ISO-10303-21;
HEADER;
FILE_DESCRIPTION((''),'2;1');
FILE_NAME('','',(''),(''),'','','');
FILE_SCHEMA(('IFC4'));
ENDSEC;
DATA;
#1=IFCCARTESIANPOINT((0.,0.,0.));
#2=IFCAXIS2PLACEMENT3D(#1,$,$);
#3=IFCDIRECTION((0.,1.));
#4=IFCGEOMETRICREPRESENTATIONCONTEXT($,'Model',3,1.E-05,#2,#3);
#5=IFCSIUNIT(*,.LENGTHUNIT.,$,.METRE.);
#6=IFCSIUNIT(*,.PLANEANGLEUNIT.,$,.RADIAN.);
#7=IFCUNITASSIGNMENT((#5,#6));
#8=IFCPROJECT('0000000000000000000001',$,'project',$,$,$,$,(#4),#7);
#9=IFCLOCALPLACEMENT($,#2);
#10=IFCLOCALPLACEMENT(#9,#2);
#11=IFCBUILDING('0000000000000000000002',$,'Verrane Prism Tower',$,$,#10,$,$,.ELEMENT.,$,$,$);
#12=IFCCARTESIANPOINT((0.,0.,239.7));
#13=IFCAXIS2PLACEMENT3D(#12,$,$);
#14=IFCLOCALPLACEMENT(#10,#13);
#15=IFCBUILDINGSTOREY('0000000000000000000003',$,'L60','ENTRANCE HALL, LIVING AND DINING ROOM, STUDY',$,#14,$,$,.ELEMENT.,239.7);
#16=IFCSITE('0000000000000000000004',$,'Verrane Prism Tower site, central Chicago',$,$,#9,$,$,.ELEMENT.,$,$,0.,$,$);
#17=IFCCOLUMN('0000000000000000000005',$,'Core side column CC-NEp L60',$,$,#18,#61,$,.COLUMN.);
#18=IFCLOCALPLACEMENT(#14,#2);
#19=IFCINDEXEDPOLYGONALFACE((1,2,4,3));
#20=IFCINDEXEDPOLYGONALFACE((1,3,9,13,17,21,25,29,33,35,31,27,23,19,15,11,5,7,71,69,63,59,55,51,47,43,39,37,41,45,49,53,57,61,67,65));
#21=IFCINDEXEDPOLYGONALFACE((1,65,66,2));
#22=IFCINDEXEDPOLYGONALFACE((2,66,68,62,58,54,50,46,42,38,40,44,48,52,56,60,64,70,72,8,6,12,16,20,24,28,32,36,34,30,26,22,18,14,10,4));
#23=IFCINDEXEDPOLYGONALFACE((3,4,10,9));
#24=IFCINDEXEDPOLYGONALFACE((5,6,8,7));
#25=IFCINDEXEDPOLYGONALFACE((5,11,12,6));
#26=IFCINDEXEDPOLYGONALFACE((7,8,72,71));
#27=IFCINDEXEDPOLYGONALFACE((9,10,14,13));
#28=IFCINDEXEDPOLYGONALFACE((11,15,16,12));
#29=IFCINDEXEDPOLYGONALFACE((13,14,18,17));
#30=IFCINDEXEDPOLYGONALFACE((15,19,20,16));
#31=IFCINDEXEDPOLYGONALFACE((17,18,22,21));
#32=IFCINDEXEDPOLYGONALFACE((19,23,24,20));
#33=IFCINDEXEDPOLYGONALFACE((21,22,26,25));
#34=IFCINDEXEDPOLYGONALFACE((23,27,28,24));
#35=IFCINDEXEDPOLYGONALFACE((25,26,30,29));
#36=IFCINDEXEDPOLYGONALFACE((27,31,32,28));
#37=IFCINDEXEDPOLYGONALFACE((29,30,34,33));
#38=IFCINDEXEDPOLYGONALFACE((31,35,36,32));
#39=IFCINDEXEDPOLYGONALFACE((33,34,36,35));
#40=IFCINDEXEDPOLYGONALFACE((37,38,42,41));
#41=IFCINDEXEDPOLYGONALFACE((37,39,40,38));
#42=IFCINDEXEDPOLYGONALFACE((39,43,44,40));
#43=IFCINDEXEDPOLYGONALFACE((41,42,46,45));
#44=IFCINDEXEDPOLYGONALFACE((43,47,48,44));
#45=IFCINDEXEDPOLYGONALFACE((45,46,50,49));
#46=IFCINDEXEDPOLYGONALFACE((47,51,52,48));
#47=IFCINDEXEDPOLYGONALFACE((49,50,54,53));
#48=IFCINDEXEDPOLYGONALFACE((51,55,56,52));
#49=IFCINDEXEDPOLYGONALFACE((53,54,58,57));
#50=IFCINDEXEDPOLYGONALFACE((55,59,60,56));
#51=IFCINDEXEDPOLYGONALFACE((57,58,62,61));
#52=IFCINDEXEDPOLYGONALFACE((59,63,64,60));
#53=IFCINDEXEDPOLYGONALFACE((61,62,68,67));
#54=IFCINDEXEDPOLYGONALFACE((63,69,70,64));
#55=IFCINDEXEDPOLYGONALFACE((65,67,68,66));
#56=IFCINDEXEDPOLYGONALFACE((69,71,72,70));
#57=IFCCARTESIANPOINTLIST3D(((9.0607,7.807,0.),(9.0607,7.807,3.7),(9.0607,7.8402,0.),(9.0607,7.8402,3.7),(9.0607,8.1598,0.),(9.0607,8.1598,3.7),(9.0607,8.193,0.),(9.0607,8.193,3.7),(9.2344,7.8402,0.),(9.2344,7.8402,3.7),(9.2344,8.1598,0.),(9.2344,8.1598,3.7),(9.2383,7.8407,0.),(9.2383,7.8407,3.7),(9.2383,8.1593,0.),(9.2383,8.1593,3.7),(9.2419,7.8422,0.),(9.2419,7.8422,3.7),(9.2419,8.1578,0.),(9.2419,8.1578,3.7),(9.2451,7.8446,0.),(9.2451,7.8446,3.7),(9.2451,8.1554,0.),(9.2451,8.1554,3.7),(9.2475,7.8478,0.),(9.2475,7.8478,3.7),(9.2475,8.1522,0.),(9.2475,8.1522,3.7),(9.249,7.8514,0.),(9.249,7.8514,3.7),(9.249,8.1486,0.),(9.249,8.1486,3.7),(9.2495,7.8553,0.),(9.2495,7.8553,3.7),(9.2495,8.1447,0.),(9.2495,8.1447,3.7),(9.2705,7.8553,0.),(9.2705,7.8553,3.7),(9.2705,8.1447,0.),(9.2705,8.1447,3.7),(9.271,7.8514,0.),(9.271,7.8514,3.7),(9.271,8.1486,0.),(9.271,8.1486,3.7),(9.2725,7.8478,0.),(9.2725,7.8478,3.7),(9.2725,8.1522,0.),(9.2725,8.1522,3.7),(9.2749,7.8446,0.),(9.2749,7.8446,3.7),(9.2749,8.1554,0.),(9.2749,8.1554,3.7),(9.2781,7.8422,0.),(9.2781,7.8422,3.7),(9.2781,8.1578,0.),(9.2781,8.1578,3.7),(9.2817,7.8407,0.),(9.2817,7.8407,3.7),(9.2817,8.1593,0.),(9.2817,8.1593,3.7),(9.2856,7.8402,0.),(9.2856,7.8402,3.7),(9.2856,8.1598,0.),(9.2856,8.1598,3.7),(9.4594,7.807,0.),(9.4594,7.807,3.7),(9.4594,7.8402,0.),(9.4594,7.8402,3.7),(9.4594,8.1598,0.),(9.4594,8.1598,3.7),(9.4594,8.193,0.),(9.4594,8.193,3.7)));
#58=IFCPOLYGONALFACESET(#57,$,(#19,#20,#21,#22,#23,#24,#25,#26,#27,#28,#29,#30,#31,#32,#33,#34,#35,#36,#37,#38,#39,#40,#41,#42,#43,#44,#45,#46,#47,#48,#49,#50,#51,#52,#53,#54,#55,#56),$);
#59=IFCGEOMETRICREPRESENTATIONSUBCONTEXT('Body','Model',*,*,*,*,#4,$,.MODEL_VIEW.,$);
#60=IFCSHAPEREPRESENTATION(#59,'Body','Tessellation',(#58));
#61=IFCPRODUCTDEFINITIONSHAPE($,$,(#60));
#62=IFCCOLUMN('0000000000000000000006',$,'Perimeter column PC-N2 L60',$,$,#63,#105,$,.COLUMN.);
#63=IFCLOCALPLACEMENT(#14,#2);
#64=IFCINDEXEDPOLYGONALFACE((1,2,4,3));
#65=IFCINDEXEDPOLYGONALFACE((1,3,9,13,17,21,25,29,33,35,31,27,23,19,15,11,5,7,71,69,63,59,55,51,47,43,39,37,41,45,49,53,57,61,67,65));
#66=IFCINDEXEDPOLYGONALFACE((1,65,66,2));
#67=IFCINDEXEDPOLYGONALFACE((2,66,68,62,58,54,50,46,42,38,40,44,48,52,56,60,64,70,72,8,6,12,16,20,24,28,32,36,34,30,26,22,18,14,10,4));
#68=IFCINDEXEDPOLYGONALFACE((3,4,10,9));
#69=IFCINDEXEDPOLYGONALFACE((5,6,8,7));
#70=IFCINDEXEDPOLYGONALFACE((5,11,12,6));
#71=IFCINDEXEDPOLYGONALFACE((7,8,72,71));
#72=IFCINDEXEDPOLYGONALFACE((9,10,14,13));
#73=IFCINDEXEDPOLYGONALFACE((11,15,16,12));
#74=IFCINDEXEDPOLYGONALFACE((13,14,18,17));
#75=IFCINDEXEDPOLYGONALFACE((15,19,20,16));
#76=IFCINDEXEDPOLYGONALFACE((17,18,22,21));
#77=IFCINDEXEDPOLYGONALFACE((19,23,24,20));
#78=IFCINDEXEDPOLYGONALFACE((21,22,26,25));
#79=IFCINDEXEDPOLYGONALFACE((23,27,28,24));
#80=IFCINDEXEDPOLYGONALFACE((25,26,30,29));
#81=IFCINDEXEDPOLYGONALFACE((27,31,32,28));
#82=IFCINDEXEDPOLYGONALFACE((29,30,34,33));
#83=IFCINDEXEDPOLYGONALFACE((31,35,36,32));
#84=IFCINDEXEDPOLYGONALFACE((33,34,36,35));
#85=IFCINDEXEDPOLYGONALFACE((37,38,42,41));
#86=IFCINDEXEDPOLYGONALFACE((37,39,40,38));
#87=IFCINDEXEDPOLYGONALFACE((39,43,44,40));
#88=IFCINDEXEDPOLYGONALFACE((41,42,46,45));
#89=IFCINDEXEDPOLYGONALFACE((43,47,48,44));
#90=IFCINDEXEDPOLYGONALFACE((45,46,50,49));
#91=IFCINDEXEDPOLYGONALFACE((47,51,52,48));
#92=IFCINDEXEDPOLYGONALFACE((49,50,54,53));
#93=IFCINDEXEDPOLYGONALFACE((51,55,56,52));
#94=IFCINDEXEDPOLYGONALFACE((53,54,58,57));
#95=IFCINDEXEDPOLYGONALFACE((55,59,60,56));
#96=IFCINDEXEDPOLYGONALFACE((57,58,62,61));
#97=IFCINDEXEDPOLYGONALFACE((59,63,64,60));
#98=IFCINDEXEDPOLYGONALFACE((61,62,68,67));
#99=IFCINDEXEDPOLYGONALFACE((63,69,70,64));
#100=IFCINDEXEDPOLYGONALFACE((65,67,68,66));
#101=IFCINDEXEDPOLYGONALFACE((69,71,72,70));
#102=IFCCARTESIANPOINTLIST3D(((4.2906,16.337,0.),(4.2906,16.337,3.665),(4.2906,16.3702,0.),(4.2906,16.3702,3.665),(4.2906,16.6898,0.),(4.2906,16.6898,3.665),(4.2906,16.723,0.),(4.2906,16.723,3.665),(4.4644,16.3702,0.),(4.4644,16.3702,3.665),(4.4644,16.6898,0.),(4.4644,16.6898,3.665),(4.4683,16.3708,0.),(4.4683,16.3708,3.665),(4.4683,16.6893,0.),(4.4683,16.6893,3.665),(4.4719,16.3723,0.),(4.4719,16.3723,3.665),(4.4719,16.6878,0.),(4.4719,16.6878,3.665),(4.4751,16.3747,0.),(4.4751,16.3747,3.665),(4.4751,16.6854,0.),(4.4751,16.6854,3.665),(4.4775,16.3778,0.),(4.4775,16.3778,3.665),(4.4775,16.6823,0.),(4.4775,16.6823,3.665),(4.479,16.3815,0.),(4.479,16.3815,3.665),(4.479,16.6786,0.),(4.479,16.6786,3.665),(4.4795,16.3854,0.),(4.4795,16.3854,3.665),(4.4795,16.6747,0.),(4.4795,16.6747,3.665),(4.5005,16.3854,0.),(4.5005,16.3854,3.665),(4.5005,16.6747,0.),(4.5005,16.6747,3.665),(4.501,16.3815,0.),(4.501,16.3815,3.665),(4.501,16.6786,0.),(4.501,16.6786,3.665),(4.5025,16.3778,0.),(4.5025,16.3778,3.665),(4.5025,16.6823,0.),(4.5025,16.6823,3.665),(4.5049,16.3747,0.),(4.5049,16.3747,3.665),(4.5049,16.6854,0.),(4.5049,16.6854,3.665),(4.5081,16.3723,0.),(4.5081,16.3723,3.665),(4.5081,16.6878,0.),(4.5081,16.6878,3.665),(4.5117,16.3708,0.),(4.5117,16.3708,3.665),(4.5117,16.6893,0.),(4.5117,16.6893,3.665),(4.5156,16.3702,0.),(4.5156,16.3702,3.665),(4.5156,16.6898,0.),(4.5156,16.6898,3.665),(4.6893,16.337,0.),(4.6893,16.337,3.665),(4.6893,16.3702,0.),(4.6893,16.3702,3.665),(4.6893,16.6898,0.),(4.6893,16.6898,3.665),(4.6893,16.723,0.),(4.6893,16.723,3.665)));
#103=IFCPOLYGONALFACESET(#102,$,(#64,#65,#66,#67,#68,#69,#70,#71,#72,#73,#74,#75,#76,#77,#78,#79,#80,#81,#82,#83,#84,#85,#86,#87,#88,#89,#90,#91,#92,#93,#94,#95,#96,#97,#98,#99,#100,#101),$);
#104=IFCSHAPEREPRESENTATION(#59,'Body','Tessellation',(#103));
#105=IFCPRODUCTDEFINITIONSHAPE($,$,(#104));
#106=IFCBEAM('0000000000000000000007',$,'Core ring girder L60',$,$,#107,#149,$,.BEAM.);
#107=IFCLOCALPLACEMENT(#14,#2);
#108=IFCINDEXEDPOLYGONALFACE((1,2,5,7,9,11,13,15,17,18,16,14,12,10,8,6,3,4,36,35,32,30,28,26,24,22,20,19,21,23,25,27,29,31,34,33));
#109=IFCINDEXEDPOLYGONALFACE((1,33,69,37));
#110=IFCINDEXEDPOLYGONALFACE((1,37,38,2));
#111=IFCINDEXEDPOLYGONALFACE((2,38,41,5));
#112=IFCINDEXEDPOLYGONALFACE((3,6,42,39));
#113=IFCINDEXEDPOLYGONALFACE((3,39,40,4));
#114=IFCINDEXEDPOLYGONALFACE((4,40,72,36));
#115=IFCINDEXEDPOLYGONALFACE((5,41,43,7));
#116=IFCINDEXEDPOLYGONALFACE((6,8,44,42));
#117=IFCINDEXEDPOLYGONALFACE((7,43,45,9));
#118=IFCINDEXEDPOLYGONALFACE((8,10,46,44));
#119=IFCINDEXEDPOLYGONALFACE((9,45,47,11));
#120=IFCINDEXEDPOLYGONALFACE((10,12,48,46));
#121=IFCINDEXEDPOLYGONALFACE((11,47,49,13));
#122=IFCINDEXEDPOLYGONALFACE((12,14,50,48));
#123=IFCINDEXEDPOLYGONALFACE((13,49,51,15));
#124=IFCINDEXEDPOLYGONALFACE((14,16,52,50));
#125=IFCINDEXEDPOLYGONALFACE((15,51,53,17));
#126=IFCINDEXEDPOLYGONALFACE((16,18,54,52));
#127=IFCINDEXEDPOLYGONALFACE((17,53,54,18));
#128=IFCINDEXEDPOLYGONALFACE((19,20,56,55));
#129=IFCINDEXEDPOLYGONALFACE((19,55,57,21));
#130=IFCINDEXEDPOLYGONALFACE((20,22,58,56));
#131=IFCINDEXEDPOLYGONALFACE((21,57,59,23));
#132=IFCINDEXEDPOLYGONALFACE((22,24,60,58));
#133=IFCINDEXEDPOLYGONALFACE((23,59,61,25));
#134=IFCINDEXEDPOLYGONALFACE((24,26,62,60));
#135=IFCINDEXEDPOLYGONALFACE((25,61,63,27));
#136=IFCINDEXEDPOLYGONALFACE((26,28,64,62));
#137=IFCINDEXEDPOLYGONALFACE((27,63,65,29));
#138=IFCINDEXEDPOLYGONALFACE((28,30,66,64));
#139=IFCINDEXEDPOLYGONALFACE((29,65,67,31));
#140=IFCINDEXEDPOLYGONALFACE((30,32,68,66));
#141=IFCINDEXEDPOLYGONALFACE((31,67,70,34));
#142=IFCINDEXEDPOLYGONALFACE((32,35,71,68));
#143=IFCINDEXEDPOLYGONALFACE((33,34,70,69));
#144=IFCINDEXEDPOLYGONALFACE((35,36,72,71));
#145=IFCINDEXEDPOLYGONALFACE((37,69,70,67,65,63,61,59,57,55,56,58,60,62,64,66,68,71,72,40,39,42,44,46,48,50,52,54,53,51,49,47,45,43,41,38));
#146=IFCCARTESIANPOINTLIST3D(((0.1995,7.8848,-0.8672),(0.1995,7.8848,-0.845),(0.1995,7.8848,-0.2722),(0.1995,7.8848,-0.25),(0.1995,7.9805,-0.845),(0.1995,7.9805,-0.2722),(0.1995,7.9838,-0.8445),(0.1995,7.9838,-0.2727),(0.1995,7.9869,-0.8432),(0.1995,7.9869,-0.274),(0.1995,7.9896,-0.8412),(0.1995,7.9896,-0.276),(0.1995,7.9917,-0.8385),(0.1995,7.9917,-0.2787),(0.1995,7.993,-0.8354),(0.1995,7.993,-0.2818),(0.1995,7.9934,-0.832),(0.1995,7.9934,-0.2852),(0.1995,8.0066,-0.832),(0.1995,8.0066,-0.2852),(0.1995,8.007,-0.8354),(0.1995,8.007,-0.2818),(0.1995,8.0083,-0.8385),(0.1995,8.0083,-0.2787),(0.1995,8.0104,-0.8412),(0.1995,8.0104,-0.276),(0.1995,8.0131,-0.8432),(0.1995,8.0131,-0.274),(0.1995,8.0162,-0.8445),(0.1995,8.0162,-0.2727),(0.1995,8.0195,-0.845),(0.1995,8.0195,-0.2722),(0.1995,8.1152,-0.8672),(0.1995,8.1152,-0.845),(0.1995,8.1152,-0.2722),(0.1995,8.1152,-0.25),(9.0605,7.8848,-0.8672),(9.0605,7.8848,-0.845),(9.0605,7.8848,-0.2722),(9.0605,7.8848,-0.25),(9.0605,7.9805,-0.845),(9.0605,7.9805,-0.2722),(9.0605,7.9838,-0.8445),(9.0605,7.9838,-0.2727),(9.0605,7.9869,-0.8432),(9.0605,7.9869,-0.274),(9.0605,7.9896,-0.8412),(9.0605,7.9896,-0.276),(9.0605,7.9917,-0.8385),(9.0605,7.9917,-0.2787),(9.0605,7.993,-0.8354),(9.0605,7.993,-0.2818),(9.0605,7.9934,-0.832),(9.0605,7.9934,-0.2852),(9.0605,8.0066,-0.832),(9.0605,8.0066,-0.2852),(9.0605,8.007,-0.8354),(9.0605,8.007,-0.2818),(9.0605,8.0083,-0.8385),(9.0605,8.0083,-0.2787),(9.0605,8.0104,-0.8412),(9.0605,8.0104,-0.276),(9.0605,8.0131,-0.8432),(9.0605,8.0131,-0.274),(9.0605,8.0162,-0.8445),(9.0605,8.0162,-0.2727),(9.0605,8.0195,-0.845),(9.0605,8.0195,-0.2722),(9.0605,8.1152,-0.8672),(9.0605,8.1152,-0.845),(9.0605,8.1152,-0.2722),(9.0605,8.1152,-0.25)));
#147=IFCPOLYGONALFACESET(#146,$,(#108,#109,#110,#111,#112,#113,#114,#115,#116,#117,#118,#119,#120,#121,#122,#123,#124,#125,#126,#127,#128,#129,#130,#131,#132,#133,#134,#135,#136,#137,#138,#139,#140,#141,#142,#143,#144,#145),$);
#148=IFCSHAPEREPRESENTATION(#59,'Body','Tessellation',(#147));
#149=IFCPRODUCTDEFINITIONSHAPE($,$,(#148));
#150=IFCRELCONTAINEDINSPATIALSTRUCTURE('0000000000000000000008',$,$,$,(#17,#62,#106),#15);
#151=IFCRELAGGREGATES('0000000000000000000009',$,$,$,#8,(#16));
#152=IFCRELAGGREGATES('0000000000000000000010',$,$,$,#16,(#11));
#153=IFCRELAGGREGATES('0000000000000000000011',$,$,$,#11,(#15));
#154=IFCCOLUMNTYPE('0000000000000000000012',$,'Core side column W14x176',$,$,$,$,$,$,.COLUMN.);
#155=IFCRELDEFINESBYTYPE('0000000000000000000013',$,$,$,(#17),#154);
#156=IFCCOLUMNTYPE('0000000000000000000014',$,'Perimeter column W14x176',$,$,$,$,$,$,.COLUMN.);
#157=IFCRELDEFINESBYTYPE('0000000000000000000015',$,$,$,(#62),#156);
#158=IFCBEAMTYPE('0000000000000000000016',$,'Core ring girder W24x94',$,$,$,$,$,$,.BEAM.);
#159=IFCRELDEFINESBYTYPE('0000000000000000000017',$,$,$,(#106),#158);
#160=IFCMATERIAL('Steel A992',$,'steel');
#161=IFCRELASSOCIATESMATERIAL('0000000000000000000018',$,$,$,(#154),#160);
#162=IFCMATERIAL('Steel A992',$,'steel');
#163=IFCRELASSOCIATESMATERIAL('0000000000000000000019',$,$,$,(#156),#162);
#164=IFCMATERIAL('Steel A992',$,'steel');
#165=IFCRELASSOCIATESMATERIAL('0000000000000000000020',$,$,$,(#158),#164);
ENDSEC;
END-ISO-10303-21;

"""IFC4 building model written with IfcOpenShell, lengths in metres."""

from ifc_helpers import new_model, si_unit, direction, frame, origin, origin_2d, place, context, subcontext, project, spatial, i_section, extrude, material, material_profile, profile_set, type_object, element, save


model = new_model("IFC4")

# Units and contexts
model_context = context("Model", 3, precision=1e-05, world=origin(), true_north=direction((0.0, 1.0)))
body_context = subcontext(model_context, "Body", "Model", "MODEL_VIEW")
ifc_project = project(units=[si_unit("LENGTHUNIT", "METRE"), si_unit("PLANEANGLEUNIT", "RADIAN")], contexts=[model_context])

# Site, building, storey
site_placement = place(None, origin())
site = spatial("IfcSite", under=ifc_project, at=site_placement, Name="Verrane Prism Tower site, central Chicago", CompositionType="ELEMENT", RefElevation=0.0)
building_placement = place(site_placement, origin())
building = spatial("IfcBuilding", under=site, at=building_placement, Name="Verrane Prism Tower", CompositionType="ELEMENT")
storey_placement = place(building_placement, frame((0.0, 0.0, 239.7)))
storey = spatial("IfcBuildingStorey", under=building, at=storey_placement, Name="L60", Description="ENTRANCE HALL, LIVING AND DINING ROOM, STUDY", CompositionType="ELEMENT", Elevation=239.7)

# Columns
ifc_material_1 = material(Name="Steel A992", Category="steel")
ifc_material_profile_1 = material_profile(ifc_material_1, i_section(OverallWidth=0.3987, OverallDepth=0.386, WebThickness=0.021, FlangeThickness=0.0332, FilletRadius=0.0151, at=origin_2d()), Name="W14x176")
ifc_profile_set_1 = profile_set([ifc_material_profile_1], Name="Steel A992")
column_type_1 = type_object("IfcColumnType", Name="Core side column W14x176", PredefinedType="COLUMN", material=ifc_profile_set_1)
column_1_placement = place(storey_placement, frame((9.26, 8.0, 0.0), z_axis=(0.0, 0.0, 1.0), x_axis=(1.0, 0.0, 0.0)))
element("IfcColumn", 1, at=column_1_placement, inside=storey, type_object=column_type_1, Name="Core side column CC-NEp L60", PredefinedType="COLUMN", context=body_context, shape_type="SweptSolid", body=[
    extrude(i_section(OverallWidth=0.3987, OverallDepth=0.386, WebThickness=0.021, FlangeThickness=0.0332, FilletRadius=0.0151, at=origin_2d()), origin(), (0.0, 0.0, 1.0), 3.7),
])
ifc_material_2 = material(Name="Steel A992", Category="steel")
ifc_material_profile_2 = material_profile(ifc_material_2, i_section(OverallWidth=0.3987, OverallDepth=0.386, WebThickness=0.021, FlangeThickness=0.0332, FilletRadius=0.0151, at=origin_2d()), Name="W14x176")
ifc_profile_set_2 = profile_set([ifc_material_profile_2], Name="Steel A992")
column_type_2 = type_object("IfcColumnType", Name="Perimeter column W14x176", PredefinedType="COLUMN", material=ifc_profile_set_2)
column_2_placement = place(storey_placement, frame((4.49, 16.53, 0.0), z_axis=(0.0, 0.0, 1.0), x_axis=(1.0, 0.0, 0.0)))
element("IfcColumn", 2, at=column_2_placement, inside=storey, type_object=column_type_2, Name="Perimeter column PC-N2 L60", PredefinedType="COLUMN", context=body_context, shape_type="SweptSolid", body=[
    extrude(i_section(OverallWidth=0.3987, OverallDepth=0.386, WebThickness=0.021, FlangeThickness=0.0332, FilletRadius=0.0151, at=origin_2d()), origin(), (0.0, 0.0, 1.0), 3.665),
])

# Beam
ifc_material_3 = material(Name="Steel A992", Category="steel")
ifc_material_profile_3 = material_profile(ifc_material_3, i_section(OverallWidth=0.2305, OverallDepth=0.6172, WebThickness=0.0132, FlangeThickness=0.0222, FilletRadius=0.0129, at=origin_2d()), Name="W24x94")
ifc_profile_set_3 = profile_set([ifc_material_profile_3], Name="Steel A992")
beam_type_1 = type_object("IfcBeamType", Name="Core ring girder W24x94", PredefinedType="BEAM", material=ifc_profile_set_3)
beam_1_placement = place(storey_placement, frame((9.0605, 8.0, -0.5586), z_axis=(-1.0, 0.0, 0.0), x_axis=(0.0, -1.0, 0.0)))
element("IfcBeam", 3, at=beam_1_placement, inside=storey, type_object=beam_type_1, Name="Core ring girder L60", PredefinedType="BEAM", context=body_context, shape_type="SweptSolid", body=[
    extrude(i_section(OverallWidth=0.2305, OverallDepth=0.6172, WebThickness=0.0132, FlangeThickness=0.0222, FilletRadius=0.0129, at=origin_2d()), origin(), (0.0, 0.0, 1.0), 8.8611),
])

save(model, "model.ifc")
